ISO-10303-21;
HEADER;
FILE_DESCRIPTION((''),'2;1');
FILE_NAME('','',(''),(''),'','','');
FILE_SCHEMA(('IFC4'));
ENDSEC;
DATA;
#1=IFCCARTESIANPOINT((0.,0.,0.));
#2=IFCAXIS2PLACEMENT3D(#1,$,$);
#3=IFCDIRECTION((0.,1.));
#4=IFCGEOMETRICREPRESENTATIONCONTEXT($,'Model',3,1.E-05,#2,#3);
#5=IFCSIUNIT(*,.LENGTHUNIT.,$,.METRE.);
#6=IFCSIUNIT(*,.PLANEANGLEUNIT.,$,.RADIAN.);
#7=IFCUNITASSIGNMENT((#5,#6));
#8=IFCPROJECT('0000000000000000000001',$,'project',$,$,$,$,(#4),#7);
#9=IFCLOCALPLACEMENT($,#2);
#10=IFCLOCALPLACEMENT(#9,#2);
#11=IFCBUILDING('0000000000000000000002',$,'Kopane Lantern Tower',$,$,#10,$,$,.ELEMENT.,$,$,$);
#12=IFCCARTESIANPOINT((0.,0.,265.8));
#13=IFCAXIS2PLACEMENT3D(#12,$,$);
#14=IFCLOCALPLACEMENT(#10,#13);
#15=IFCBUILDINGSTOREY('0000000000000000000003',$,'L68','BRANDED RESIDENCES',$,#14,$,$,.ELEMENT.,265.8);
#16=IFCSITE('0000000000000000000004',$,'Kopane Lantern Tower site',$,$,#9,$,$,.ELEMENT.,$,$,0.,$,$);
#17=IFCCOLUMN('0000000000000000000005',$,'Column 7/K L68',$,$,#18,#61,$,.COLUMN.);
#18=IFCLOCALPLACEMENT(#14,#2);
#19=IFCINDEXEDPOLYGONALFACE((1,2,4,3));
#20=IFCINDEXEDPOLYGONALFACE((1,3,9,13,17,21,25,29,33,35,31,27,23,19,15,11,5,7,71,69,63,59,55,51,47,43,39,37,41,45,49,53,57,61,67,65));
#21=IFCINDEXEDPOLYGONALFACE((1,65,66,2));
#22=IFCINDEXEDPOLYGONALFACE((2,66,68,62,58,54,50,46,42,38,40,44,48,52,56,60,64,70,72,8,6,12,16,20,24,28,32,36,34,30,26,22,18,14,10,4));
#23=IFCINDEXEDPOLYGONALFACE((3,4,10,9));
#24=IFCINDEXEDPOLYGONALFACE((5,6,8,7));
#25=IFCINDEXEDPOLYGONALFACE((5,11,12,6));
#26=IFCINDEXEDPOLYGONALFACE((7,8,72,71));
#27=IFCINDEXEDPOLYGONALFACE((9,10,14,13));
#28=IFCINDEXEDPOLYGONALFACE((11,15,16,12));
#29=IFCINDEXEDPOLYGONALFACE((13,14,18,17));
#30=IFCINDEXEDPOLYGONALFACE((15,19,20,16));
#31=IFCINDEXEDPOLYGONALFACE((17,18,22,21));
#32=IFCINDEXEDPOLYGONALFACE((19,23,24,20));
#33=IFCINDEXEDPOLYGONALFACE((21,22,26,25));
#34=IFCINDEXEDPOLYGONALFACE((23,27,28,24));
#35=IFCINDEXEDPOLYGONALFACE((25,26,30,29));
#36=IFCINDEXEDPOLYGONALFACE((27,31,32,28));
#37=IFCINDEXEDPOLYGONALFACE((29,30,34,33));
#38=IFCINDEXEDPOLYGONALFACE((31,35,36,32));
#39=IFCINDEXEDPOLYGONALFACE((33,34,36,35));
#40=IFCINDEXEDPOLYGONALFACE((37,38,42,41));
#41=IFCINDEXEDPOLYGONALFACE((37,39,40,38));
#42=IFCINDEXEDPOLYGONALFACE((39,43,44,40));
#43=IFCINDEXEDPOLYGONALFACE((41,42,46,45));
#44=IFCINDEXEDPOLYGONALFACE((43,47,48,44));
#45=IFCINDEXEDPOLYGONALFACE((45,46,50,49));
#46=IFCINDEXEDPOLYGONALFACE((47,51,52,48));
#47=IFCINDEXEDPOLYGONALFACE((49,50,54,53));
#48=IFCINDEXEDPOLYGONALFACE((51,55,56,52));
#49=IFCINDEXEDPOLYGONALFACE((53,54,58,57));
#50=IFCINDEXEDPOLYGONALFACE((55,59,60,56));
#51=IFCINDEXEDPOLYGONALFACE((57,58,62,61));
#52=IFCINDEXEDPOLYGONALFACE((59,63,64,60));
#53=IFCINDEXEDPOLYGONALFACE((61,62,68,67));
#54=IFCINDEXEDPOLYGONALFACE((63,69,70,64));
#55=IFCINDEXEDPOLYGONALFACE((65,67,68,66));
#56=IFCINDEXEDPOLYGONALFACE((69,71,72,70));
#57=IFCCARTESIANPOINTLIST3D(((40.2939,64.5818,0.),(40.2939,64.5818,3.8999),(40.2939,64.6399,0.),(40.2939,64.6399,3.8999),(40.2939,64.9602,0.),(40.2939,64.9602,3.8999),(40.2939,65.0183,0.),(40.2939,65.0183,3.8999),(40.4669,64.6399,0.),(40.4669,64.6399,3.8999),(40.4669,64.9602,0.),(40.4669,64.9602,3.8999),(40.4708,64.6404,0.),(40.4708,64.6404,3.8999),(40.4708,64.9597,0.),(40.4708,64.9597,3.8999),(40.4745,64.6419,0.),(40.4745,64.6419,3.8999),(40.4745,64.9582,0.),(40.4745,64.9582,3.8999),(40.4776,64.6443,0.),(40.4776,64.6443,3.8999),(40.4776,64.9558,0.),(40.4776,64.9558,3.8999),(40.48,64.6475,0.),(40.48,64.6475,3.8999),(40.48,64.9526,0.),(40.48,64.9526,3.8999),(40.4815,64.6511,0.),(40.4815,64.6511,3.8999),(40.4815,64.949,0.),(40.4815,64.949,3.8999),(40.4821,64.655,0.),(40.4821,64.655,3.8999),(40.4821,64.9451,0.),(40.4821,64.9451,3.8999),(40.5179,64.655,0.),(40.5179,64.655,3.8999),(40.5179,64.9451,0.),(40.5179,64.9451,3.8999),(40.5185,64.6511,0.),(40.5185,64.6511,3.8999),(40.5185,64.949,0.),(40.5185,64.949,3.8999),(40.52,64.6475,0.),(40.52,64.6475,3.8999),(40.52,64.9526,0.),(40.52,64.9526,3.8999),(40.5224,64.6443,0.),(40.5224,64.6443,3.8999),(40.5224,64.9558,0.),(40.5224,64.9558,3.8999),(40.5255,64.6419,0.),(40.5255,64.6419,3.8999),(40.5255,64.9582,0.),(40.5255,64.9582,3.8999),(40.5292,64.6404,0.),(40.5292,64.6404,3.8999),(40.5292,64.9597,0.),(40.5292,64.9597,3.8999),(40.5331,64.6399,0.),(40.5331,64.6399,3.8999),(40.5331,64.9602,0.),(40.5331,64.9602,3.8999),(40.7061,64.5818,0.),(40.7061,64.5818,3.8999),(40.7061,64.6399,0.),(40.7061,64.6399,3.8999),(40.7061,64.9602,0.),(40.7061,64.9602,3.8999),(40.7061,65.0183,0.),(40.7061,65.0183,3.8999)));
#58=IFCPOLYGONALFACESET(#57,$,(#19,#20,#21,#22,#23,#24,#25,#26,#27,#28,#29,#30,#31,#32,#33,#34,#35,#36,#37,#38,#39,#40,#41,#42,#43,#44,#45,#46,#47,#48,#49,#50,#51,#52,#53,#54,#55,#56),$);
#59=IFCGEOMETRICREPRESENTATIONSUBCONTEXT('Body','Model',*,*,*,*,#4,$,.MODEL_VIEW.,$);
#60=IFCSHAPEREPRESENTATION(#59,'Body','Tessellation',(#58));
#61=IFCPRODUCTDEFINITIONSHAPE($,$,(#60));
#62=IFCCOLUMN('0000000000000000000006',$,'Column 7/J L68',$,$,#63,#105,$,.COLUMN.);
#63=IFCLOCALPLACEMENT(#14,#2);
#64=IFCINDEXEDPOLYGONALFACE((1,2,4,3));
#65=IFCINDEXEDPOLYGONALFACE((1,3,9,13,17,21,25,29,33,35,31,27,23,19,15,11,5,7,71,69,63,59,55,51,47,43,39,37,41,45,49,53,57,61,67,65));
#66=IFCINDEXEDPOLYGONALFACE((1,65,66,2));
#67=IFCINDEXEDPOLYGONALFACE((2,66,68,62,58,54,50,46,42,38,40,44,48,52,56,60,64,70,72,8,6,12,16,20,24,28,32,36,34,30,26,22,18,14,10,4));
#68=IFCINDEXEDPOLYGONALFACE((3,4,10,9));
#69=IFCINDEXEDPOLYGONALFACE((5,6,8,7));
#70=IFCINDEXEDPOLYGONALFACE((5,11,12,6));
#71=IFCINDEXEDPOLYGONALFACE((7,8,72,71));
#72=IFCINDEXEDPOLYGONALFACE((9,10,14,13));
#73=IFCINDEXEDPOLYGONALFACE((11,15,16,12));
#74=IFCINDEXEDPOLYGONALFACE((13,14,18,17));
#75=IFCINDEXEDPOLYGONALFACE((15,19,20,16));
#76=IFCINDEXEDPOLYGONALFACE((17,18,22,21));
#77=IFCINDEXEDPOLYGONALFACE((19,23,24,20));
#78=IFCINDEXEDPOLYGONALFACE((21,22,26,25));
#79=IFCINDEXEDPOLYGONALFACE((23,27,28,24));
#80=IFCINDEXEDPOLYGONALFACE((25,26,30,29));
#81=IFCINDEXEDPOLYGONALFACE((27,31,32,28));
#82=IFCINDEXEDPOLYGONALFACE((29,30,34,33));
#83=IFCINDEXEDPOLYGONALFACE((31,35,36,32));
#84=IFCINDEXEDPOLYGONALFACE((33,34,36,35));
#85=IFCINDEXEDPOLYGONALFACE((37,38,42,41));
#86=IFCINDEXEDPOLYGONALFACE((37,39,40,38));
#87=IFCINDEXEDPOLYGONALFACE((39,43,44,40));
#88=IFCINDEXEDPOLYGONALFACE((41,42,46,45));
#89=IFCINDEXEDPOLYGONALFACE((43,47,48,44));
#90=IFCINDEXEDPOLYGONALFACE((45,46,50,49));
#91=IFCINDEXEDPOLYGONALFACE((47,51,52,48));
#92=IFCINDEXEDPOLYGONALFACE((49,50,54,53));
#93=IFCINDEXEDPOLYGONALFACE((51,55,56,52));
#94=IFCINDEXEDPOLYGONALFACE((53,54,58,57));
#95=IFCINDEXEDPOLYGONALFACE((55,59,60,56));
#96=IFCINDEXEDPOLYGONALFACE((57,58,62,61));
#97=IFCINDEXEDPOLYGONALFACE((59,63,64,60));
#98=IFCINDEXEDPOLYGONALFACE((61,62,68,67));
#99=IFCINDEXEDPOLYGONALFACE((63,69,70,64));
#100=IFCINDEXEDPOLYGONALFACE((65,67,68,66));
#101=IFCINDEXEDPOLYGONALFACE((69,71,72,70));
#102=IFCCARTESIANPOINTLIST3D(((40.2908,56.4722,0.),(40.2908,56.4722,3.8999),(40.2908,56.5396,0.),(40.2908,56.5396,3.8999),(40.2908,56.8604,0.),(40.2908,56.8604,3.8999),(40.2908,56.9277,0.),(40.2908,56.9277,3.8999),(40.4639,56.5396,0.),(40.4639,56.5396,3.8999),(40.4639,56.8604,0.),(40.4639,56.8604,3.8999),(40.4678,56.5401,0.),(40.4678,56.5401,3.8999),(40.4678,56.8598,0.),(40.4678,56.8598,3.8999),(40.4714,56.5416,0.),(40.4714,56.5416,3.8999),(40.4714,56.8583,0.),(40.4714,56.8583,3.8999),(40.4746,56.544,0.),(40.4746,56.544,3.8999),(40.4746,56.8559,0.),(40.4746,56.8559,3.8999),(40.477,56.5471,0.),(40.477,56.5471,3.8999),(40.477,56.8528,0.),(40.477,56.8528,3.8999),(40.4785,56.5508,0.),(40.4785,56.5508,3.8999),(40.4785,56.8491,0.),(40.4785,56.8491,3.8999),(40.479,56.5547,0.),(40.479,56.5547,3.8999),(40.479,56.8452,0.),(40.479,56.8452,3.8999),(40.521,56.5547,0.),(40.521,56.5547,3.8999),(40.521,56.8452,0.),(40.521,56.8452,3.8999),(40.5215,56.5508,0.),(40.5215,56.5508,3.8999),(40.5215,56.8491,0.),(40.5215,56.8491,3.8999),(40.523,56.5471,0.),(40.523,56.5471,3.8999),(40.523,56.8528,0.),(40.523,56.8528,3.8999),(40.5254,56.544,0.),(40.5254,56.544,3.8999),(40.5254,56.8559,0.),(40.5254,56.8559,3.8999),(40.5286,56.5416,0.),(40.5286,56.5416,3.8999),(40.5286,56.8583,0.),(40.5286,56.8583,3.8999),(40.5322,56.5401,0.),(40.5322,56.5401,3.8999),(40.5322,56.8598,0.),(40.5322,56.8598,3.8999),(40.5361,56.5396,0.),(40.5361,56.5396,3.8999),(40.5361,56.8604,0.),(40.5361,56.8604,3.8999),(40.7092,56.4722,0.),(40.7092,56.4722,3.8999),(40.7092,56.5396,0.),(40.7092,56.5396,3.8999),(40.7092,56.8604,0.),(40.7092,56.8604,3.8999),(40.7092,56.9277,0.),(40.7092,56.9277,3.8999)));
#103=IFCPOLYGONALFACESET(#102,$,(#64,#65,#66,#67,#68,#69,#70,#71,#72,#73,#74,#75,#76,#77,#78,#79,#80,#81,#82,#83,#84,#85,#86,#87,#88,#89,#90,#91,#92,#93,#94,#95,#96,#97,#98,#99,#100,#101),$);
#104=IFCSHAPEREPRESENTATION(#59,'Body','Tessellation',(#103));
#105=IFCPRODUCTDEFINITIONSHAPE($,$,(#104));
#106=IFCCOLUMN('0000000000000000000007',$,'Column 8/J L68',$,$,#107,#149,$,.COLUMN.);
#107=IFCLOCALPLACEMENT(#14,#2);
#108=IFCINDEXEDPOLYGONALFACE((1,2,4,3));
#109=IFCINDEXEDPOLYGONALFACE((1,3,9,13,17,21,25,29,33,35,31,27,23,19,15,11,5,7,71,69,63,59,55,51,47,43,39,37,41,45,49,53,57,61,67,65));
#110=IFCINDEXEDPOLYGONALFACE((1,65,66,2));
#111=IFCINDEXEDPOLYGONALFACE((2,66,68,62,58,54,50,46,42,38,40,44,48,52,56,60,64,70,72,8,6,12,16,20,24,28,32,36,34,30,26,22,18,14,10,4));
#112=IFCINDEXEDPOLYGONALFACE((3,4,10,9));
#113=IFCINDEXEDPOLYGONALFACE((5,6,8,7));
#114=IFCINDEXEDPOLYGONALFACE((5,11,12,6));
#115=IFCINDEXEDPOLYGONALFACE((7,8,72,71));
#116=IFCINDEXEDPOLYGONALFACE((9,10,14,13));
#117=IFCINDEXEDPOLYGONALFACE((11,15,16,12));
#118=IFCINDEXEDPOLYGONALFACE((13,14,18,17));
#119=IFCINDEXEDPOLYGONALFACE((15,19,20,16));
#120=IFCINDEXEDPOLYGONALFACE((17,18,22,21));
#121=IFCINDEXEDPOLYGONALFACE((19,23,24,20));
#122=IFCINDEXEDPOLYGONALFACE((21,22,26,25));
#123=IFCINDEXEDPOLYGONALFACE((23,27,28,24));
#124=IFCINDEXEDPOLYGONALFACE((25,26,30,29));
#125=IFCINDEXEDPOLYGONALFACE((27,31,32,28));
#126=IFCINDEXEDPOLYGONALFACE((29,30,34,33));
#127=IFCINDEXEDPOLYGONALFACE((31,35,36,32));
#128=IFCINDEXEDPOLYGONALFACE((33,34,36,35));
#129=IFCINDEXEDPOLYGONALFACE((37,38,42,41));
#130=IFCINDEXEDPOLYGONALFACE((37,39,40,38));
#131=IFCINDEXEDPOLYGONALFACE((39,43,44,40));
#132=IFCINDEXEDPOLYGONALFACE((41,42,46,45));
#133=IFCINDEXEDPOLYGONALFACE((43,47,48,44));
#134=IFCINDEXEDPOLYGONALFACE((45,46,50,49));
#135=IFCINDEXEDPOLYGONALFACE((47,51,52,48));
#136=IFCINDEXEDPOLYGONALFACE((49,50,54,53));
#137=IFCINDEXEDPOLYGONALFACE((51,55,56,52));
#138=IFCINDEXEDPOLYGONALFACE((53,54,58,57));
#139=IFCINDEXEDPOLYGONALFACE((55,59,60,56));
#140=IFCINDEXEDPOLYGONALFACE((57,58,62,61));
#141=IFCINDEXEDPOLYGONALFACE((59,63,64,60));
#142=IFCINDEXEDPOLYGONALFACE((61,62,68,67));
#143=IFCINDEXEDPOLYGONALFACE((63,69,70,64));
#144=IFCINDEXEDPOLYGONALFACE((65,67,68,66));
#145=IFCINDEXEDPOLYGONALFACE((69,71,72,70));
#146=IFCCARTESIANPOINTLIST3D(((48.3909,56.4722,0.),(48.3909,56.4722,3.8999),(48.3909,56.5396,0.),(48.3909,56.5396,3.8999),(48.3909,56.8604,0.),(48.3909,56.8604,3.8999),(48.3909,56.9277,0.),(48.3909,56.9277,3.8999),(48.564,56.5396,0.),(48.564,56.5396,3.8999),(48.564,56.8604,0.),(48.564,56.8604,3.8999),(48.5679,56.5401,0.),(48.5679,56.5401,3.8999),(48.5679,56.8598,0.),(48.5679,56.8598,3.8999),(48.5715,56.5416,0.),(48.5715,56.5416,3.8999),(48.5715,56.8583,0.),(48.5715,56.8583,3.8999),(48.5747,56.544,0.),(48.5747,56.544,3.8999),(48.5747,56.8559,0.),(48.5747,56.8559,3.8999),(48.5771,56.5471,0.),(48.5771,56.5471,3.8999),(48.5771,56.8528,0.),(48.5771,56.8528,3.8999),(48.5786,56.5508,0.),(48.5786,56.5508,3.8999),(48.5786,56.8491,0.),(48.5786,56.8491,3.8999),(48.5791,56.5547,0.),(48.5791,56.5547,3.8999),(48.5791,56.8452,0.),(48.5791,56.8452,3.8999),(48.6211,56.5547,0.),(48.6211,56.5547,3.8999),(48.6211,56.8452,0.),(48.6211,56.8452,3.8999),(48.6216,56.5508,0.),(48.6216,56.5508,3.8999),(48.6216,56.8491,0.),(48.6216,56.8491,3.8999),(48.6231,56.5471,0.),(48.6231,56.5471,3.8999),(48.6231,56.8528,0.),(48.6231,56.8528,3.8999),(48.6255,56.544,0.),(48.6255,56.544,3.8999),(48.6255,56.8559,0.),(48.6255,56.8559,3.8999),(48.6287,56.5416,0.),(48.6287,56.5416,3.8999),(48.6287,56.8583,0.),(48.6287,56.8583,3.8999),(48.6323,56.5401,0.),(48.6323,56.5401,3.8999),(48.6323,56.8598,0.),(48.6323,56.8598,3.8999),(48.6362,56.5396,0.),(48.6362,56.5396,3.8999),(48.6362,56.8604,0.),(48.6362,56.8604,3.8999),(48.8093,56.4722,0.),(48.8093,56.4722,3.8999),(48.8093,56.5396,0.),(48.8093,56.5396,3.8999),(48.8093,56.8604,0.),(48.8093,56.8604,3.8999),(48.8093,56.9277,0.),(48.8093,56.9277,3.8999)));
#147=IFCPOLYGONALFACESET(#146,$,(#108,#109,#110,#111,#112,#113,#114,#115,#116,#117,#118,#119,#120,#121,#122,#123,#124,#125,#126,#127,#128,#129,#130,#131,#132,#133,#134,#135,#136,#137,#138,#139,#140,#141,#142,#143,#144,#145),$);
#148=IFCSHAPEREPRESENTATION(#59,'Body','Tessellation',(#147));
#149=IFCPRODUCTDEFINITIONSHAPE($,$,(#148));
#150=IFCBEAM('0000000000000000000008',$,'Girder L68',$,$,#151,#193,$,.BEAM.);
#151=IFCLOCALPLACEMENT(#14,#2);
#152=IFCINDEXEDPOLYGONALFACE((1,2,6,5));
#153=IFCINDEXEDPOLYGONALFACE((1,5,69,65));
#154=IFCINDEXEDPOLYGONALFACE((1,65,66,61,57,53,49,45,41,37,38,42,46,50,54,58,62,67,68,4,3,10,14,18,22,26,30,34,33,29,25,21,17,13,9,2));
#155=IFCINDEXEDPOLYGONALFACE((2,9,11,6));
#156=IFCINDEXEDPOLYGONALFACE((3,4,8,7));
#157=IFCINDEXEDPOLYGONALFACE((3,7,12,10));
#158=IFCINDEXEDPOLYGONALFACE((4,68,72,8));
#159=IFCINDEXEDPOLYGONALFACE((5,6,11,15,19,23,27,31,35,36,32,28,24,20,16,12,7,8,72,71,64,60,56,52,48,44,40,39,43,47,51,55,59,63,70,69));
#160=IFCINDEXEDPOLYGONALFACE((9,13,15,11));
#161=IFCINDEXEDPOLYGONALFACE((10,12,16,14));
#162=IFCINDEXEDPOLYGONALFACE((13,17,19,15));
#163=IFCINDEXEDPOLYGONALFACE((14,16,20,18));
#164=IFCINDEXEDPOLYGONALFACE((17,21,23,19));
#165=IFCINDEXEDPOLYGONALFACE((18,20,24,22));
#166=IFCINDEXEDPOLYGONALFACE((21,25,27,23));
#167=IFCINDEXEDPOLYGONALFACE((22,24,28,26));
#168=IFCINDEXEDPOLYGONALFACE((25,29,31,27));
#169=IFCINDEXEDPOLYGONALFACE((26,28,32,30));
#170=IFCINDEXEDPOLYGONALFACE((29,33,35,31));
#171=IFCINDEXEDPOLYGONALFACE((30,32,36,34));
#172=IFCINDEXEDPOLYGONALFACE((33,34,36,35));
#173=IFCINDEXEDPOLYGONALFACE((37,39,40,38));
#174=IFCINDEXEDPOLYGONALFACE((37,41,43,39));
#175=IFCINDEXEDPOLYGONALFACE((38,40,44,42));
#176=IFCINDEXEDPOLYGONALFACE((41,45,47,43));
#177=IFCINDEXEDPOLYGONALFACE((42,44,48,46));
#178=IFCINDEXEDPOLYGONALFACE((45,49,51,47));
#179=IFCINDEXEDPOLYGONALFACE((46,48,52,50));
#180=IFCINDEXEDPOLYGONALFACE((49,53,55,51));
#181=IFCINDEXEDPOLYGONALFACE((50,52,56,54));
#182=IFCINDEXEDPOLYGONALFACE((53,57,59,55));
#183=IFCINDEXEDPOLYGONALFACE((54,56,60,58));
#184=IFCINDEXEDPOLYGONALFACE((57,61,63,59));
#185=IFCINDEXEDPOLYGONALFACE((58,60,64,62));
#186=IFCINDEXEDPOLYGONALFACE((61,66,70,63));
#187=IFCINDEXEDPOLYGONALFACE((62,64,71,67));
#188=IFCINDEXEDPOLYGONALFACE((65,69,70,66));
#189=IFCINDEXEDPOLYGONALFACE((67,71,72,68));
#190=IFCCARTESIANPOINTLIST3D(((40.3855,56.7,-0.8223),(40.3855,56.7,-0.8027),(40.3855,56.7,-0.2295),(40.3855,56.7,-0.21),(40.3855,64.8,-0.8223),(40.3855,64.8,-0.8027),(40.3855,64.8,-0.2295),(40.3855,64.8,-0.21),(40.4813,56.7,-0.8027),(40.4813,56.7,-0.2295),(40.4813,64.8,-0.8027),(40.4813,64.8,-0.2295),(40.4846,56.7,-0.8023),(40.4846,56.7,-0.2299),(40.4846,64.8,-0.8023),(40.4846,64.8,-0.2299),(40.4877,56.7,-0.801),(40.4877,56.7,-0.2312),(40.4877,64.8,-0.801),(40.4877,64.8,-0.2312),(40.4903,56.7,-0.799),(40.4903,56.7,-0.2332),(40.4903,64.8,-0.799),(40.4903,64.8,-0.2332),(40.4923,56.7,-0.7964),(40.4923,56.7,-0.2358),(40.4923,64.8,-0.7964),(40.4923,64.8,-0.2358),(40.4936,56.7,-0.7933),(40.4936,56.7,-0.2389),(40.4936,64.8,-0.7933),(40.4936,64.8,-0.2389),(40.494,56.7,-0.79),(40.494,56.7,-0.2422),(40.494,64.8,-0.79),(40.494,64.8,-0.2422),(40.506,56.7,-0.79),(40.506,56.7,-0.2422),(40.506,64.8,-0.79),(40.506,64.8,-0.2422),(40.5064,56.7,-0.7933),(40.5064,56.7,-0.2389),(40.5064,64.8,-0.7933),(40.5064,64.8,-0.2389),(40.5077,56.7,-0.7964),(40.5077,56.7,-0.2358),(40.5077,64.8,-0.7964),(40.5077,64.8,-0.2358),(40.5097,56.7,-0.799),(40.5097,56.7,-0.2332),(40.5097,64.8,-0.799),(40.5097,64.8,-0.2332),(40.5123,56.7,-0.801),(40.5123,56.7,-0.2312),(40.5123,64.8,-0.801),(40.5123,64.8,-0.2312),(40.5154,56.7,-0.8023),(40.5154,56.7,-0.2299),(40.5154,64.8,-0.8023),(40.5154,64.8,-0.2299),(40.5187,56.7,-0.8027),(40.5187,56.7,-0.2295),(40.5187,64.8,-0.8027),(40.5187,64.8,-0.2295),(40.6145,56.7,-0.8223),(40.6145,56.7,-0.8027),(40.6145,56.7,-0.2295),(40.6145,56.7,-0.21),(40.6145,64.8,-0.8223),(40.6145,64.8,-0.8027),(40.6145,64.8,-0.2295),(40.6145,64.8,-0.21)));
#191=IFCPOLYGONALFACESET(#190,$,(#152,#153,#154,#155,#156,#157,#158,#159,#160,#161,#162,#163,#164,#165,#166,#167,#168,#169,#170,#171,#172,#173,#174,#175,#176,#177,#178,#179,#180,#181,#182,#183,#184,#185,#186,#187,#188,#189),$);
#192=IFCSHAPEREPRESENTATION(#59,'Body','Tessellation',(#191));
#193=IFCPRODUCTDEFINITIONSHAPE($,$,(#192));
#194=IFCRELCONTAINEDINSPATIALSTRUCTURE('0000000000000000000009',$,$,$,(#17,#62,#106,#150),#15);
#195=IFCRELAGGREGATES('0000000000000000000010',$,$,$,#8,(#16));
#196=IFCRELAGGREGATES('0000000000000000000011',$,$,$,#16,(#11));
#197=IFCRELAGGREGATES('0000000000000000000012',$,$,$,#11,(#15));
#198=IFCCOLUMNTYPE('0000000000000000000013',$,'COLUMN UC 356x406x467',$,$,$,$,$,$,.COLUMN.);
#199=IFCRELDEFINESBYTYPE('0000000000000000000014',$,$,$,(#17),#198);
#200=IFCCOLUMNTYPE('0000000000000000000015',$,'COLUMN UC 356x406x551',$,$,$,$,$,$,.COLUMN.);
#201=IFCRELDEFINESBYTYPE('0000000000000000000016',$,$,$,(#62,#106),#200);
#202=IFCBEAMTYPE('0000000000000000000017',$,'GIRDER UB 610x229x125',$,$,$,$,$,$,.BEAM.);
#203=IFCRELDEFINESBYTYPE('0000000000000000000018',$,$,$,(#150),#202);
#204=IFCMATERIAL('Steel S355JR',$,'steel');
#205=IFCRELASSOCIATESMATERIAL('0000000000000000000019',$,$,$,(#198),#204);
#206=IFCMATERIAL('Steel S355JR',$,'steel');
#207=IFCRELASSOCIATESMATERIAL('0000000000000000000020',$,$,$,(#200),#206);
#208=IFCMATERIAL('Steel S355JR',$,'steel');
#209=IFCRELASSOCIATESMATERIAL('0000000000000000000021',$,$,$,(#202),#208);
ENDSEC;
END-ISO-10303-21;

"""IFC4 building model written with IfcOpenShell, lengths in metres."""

from ifc_helpers import new_model, si_unit, direction, frame, origin, origin_2d, place, context, subcontext, project, spatial, i_section, extrude, material, material_profile, profile_set, type_object, element, save


model = new_model("IFC4")

# Units and contexts
model_context = context("Model", 3, precision=1e-05, world=origin(), true_north=direction((0.0, 1.0)))
body_context = subcontext(model_context, "Body", "Model", "MODEL_VIEW")
ifc_project = project(units=[si_unit("LENGTHUNIT", "METRE"), si_unit("PLANEANGLEUNIT", "RADIAN")], contexts=[model_context])

# Site, building, storey
site_placement = place(None, origin())
site = spatial("IfcSite", under=ifc_project, at=site_placement, Name="Kopane Lantern Tower site", CompositionType="ELEMENT", RefElevation=0.0)
building_placement = place(site_placement, origin())
building = spatial("IfcBuilding", under=site, at=building_placement, Name="Kopane Lantern Tower", CompositionType="ELEMENT")
storey_placement = place(building_placement, frame((0.0, 0.0, 265.8)))
storey = spatial("IfcBuildingStorey", under=building, at=storey_placement, Name="L68", Description="BRANDED RESIDENCES", CompositionType="ELEMENT", Elevation=265.8)

# Columns
ifc_material_1 = material(Name="Steel S355JR", Category="steel")
ifc_material_profile_1 = material_profile(ifc_material_1, i_section(OverallWidth=0.4121, OverallDepth=0.4365, WebThickness=0.0359, FlangeThickness=0.0581, FilletRadius=0.0151, at=origin_2d()), Name="UC 356x406x467")
ifc_profile_set_1 = profile_set([ifc_material_profile_1], Name="Steel S355JR")
column_type_1 = type_object("IfcColumnType", Name="COLUMN UC 356x406x467", PredefinedType="COLUMN", material=ifc_profile_set_1)
column_placement = place(storey_placement, frame((40.5, 64.8, 0.0), z_axis=(0.0, 0.0, 1.0), x_axis=(1.0, 0.0, 0.0)))
element("IfcColumn", 1, at=column_placement, inside=storey, type_object=column_type_1, Name="Column 7/K L68", PredefinedType="COLUMN", context=body_context, shape_type="SweptSolid", body=[
    extrude(i_section(OverallWidth=0.4121, OverallDepth=0.4365, WebThickness=0.0359, FlangeThickness=0.0581, FilletRadius=0.0151, at=origin_2d()), origin(), (0.0, 0.0, 1.0), 3.8999),
])
ifc_material_2 = material(Name="Steel S355JR", Category="steel")
ifc_material_profile_2 = material_profile(ifc_material_2, i_section(OverallWidth=0.4185, OverallDepth=0.4556, WebThickness=0.042, FlangeThickness=0.0674, FilletRadius=0.0151, at=origin_2d()), Name="UC 356x406x551")
ifc_profile_set_2 = profile_set([ifc_material_profile_2], Name="Steel S355JR")
column_type_2 = type_object("IfcColumnType", Name="COLUMN UC 356x406x551", PredefinedType="COLUMN", material=ifc_profile_set_2)
for number, where, z_axis, x_axis, name in (
    (2, (40.5, 56.7, 0.0), (0.0, 0.0, 1.0), (1.0, 0.0, 0.0), "Column 7/J L68"),
    (3, (48.6001, 56.7, 0.0), (0.0, 0.0, 1.0), (1.0, 0.0, 0.0), "Column 8/J L68"),
):
    element("IfcColumn", number, at=place(storey_placement, frame(where, z_axis=z_axis, x_axis=x_axis)), inside=storey, type_object=column_type_2, Name=name, PredefinedType="COLUMN", context=body_context, shape_type="SweptSolid", body=[
        extrude(i_section(OverallWidth=0.4185, OverallDepth=0.4556, WebThickness=0.042, FlangeThickness=0.0674, FilletRadius=0.0151, at=origin_2d()), origin(), (0.0, 0.0, 1.0), 3.8999),
    ])

# Beam
ifc_material_3 = material(Name="Steel S355JR", Category="steel")
ifc_material_profile_3 = material_profile(ifc_material_3, i_section(OverallWidth=0.229, OverallDepth=0.6123, WebThickness=0.012, FlangeThickness=0.0195, FilletRadius=0.0127, at=origin_2d()), Name="UB 610x229x125")
ifc_profile_set_3 = profile_set([ifc_material_profile_3], Name="Steel S355JR")
beam_type = type_object("IfcBeamType", Name="GIRDER UB 610x229x125", PredefinedType="BEAM", material=ifc_profile_set_3)
for number, where, z_axis, x_axis, name in (
    (4, (40.5, 56.7, -0.5161), (0.0, 1.0, 0.0), (-1.0, 0.0, 0.0), "Girder L68"),
):
    element("IfcBeam", number, at=place(storey_placement, frame(where, z_axis=z_axis, x_axis=x_axis)), inside=storey, type_object=beam_type, Name=name, PredefinedType="BEAM", context=body_context, shape_type="SweptSolid", body=[
        extrude(i_section(OverallWidth=0.229, OverallDepth=0.6123, WebThickness=0.012, FlangeThickness=0.0195, FilletRadius=0.0127, at=origin_2d()), origin(), (0.0, 0.0, 1.0), 8.1001),
    ])

save(model, "model.ifc")
